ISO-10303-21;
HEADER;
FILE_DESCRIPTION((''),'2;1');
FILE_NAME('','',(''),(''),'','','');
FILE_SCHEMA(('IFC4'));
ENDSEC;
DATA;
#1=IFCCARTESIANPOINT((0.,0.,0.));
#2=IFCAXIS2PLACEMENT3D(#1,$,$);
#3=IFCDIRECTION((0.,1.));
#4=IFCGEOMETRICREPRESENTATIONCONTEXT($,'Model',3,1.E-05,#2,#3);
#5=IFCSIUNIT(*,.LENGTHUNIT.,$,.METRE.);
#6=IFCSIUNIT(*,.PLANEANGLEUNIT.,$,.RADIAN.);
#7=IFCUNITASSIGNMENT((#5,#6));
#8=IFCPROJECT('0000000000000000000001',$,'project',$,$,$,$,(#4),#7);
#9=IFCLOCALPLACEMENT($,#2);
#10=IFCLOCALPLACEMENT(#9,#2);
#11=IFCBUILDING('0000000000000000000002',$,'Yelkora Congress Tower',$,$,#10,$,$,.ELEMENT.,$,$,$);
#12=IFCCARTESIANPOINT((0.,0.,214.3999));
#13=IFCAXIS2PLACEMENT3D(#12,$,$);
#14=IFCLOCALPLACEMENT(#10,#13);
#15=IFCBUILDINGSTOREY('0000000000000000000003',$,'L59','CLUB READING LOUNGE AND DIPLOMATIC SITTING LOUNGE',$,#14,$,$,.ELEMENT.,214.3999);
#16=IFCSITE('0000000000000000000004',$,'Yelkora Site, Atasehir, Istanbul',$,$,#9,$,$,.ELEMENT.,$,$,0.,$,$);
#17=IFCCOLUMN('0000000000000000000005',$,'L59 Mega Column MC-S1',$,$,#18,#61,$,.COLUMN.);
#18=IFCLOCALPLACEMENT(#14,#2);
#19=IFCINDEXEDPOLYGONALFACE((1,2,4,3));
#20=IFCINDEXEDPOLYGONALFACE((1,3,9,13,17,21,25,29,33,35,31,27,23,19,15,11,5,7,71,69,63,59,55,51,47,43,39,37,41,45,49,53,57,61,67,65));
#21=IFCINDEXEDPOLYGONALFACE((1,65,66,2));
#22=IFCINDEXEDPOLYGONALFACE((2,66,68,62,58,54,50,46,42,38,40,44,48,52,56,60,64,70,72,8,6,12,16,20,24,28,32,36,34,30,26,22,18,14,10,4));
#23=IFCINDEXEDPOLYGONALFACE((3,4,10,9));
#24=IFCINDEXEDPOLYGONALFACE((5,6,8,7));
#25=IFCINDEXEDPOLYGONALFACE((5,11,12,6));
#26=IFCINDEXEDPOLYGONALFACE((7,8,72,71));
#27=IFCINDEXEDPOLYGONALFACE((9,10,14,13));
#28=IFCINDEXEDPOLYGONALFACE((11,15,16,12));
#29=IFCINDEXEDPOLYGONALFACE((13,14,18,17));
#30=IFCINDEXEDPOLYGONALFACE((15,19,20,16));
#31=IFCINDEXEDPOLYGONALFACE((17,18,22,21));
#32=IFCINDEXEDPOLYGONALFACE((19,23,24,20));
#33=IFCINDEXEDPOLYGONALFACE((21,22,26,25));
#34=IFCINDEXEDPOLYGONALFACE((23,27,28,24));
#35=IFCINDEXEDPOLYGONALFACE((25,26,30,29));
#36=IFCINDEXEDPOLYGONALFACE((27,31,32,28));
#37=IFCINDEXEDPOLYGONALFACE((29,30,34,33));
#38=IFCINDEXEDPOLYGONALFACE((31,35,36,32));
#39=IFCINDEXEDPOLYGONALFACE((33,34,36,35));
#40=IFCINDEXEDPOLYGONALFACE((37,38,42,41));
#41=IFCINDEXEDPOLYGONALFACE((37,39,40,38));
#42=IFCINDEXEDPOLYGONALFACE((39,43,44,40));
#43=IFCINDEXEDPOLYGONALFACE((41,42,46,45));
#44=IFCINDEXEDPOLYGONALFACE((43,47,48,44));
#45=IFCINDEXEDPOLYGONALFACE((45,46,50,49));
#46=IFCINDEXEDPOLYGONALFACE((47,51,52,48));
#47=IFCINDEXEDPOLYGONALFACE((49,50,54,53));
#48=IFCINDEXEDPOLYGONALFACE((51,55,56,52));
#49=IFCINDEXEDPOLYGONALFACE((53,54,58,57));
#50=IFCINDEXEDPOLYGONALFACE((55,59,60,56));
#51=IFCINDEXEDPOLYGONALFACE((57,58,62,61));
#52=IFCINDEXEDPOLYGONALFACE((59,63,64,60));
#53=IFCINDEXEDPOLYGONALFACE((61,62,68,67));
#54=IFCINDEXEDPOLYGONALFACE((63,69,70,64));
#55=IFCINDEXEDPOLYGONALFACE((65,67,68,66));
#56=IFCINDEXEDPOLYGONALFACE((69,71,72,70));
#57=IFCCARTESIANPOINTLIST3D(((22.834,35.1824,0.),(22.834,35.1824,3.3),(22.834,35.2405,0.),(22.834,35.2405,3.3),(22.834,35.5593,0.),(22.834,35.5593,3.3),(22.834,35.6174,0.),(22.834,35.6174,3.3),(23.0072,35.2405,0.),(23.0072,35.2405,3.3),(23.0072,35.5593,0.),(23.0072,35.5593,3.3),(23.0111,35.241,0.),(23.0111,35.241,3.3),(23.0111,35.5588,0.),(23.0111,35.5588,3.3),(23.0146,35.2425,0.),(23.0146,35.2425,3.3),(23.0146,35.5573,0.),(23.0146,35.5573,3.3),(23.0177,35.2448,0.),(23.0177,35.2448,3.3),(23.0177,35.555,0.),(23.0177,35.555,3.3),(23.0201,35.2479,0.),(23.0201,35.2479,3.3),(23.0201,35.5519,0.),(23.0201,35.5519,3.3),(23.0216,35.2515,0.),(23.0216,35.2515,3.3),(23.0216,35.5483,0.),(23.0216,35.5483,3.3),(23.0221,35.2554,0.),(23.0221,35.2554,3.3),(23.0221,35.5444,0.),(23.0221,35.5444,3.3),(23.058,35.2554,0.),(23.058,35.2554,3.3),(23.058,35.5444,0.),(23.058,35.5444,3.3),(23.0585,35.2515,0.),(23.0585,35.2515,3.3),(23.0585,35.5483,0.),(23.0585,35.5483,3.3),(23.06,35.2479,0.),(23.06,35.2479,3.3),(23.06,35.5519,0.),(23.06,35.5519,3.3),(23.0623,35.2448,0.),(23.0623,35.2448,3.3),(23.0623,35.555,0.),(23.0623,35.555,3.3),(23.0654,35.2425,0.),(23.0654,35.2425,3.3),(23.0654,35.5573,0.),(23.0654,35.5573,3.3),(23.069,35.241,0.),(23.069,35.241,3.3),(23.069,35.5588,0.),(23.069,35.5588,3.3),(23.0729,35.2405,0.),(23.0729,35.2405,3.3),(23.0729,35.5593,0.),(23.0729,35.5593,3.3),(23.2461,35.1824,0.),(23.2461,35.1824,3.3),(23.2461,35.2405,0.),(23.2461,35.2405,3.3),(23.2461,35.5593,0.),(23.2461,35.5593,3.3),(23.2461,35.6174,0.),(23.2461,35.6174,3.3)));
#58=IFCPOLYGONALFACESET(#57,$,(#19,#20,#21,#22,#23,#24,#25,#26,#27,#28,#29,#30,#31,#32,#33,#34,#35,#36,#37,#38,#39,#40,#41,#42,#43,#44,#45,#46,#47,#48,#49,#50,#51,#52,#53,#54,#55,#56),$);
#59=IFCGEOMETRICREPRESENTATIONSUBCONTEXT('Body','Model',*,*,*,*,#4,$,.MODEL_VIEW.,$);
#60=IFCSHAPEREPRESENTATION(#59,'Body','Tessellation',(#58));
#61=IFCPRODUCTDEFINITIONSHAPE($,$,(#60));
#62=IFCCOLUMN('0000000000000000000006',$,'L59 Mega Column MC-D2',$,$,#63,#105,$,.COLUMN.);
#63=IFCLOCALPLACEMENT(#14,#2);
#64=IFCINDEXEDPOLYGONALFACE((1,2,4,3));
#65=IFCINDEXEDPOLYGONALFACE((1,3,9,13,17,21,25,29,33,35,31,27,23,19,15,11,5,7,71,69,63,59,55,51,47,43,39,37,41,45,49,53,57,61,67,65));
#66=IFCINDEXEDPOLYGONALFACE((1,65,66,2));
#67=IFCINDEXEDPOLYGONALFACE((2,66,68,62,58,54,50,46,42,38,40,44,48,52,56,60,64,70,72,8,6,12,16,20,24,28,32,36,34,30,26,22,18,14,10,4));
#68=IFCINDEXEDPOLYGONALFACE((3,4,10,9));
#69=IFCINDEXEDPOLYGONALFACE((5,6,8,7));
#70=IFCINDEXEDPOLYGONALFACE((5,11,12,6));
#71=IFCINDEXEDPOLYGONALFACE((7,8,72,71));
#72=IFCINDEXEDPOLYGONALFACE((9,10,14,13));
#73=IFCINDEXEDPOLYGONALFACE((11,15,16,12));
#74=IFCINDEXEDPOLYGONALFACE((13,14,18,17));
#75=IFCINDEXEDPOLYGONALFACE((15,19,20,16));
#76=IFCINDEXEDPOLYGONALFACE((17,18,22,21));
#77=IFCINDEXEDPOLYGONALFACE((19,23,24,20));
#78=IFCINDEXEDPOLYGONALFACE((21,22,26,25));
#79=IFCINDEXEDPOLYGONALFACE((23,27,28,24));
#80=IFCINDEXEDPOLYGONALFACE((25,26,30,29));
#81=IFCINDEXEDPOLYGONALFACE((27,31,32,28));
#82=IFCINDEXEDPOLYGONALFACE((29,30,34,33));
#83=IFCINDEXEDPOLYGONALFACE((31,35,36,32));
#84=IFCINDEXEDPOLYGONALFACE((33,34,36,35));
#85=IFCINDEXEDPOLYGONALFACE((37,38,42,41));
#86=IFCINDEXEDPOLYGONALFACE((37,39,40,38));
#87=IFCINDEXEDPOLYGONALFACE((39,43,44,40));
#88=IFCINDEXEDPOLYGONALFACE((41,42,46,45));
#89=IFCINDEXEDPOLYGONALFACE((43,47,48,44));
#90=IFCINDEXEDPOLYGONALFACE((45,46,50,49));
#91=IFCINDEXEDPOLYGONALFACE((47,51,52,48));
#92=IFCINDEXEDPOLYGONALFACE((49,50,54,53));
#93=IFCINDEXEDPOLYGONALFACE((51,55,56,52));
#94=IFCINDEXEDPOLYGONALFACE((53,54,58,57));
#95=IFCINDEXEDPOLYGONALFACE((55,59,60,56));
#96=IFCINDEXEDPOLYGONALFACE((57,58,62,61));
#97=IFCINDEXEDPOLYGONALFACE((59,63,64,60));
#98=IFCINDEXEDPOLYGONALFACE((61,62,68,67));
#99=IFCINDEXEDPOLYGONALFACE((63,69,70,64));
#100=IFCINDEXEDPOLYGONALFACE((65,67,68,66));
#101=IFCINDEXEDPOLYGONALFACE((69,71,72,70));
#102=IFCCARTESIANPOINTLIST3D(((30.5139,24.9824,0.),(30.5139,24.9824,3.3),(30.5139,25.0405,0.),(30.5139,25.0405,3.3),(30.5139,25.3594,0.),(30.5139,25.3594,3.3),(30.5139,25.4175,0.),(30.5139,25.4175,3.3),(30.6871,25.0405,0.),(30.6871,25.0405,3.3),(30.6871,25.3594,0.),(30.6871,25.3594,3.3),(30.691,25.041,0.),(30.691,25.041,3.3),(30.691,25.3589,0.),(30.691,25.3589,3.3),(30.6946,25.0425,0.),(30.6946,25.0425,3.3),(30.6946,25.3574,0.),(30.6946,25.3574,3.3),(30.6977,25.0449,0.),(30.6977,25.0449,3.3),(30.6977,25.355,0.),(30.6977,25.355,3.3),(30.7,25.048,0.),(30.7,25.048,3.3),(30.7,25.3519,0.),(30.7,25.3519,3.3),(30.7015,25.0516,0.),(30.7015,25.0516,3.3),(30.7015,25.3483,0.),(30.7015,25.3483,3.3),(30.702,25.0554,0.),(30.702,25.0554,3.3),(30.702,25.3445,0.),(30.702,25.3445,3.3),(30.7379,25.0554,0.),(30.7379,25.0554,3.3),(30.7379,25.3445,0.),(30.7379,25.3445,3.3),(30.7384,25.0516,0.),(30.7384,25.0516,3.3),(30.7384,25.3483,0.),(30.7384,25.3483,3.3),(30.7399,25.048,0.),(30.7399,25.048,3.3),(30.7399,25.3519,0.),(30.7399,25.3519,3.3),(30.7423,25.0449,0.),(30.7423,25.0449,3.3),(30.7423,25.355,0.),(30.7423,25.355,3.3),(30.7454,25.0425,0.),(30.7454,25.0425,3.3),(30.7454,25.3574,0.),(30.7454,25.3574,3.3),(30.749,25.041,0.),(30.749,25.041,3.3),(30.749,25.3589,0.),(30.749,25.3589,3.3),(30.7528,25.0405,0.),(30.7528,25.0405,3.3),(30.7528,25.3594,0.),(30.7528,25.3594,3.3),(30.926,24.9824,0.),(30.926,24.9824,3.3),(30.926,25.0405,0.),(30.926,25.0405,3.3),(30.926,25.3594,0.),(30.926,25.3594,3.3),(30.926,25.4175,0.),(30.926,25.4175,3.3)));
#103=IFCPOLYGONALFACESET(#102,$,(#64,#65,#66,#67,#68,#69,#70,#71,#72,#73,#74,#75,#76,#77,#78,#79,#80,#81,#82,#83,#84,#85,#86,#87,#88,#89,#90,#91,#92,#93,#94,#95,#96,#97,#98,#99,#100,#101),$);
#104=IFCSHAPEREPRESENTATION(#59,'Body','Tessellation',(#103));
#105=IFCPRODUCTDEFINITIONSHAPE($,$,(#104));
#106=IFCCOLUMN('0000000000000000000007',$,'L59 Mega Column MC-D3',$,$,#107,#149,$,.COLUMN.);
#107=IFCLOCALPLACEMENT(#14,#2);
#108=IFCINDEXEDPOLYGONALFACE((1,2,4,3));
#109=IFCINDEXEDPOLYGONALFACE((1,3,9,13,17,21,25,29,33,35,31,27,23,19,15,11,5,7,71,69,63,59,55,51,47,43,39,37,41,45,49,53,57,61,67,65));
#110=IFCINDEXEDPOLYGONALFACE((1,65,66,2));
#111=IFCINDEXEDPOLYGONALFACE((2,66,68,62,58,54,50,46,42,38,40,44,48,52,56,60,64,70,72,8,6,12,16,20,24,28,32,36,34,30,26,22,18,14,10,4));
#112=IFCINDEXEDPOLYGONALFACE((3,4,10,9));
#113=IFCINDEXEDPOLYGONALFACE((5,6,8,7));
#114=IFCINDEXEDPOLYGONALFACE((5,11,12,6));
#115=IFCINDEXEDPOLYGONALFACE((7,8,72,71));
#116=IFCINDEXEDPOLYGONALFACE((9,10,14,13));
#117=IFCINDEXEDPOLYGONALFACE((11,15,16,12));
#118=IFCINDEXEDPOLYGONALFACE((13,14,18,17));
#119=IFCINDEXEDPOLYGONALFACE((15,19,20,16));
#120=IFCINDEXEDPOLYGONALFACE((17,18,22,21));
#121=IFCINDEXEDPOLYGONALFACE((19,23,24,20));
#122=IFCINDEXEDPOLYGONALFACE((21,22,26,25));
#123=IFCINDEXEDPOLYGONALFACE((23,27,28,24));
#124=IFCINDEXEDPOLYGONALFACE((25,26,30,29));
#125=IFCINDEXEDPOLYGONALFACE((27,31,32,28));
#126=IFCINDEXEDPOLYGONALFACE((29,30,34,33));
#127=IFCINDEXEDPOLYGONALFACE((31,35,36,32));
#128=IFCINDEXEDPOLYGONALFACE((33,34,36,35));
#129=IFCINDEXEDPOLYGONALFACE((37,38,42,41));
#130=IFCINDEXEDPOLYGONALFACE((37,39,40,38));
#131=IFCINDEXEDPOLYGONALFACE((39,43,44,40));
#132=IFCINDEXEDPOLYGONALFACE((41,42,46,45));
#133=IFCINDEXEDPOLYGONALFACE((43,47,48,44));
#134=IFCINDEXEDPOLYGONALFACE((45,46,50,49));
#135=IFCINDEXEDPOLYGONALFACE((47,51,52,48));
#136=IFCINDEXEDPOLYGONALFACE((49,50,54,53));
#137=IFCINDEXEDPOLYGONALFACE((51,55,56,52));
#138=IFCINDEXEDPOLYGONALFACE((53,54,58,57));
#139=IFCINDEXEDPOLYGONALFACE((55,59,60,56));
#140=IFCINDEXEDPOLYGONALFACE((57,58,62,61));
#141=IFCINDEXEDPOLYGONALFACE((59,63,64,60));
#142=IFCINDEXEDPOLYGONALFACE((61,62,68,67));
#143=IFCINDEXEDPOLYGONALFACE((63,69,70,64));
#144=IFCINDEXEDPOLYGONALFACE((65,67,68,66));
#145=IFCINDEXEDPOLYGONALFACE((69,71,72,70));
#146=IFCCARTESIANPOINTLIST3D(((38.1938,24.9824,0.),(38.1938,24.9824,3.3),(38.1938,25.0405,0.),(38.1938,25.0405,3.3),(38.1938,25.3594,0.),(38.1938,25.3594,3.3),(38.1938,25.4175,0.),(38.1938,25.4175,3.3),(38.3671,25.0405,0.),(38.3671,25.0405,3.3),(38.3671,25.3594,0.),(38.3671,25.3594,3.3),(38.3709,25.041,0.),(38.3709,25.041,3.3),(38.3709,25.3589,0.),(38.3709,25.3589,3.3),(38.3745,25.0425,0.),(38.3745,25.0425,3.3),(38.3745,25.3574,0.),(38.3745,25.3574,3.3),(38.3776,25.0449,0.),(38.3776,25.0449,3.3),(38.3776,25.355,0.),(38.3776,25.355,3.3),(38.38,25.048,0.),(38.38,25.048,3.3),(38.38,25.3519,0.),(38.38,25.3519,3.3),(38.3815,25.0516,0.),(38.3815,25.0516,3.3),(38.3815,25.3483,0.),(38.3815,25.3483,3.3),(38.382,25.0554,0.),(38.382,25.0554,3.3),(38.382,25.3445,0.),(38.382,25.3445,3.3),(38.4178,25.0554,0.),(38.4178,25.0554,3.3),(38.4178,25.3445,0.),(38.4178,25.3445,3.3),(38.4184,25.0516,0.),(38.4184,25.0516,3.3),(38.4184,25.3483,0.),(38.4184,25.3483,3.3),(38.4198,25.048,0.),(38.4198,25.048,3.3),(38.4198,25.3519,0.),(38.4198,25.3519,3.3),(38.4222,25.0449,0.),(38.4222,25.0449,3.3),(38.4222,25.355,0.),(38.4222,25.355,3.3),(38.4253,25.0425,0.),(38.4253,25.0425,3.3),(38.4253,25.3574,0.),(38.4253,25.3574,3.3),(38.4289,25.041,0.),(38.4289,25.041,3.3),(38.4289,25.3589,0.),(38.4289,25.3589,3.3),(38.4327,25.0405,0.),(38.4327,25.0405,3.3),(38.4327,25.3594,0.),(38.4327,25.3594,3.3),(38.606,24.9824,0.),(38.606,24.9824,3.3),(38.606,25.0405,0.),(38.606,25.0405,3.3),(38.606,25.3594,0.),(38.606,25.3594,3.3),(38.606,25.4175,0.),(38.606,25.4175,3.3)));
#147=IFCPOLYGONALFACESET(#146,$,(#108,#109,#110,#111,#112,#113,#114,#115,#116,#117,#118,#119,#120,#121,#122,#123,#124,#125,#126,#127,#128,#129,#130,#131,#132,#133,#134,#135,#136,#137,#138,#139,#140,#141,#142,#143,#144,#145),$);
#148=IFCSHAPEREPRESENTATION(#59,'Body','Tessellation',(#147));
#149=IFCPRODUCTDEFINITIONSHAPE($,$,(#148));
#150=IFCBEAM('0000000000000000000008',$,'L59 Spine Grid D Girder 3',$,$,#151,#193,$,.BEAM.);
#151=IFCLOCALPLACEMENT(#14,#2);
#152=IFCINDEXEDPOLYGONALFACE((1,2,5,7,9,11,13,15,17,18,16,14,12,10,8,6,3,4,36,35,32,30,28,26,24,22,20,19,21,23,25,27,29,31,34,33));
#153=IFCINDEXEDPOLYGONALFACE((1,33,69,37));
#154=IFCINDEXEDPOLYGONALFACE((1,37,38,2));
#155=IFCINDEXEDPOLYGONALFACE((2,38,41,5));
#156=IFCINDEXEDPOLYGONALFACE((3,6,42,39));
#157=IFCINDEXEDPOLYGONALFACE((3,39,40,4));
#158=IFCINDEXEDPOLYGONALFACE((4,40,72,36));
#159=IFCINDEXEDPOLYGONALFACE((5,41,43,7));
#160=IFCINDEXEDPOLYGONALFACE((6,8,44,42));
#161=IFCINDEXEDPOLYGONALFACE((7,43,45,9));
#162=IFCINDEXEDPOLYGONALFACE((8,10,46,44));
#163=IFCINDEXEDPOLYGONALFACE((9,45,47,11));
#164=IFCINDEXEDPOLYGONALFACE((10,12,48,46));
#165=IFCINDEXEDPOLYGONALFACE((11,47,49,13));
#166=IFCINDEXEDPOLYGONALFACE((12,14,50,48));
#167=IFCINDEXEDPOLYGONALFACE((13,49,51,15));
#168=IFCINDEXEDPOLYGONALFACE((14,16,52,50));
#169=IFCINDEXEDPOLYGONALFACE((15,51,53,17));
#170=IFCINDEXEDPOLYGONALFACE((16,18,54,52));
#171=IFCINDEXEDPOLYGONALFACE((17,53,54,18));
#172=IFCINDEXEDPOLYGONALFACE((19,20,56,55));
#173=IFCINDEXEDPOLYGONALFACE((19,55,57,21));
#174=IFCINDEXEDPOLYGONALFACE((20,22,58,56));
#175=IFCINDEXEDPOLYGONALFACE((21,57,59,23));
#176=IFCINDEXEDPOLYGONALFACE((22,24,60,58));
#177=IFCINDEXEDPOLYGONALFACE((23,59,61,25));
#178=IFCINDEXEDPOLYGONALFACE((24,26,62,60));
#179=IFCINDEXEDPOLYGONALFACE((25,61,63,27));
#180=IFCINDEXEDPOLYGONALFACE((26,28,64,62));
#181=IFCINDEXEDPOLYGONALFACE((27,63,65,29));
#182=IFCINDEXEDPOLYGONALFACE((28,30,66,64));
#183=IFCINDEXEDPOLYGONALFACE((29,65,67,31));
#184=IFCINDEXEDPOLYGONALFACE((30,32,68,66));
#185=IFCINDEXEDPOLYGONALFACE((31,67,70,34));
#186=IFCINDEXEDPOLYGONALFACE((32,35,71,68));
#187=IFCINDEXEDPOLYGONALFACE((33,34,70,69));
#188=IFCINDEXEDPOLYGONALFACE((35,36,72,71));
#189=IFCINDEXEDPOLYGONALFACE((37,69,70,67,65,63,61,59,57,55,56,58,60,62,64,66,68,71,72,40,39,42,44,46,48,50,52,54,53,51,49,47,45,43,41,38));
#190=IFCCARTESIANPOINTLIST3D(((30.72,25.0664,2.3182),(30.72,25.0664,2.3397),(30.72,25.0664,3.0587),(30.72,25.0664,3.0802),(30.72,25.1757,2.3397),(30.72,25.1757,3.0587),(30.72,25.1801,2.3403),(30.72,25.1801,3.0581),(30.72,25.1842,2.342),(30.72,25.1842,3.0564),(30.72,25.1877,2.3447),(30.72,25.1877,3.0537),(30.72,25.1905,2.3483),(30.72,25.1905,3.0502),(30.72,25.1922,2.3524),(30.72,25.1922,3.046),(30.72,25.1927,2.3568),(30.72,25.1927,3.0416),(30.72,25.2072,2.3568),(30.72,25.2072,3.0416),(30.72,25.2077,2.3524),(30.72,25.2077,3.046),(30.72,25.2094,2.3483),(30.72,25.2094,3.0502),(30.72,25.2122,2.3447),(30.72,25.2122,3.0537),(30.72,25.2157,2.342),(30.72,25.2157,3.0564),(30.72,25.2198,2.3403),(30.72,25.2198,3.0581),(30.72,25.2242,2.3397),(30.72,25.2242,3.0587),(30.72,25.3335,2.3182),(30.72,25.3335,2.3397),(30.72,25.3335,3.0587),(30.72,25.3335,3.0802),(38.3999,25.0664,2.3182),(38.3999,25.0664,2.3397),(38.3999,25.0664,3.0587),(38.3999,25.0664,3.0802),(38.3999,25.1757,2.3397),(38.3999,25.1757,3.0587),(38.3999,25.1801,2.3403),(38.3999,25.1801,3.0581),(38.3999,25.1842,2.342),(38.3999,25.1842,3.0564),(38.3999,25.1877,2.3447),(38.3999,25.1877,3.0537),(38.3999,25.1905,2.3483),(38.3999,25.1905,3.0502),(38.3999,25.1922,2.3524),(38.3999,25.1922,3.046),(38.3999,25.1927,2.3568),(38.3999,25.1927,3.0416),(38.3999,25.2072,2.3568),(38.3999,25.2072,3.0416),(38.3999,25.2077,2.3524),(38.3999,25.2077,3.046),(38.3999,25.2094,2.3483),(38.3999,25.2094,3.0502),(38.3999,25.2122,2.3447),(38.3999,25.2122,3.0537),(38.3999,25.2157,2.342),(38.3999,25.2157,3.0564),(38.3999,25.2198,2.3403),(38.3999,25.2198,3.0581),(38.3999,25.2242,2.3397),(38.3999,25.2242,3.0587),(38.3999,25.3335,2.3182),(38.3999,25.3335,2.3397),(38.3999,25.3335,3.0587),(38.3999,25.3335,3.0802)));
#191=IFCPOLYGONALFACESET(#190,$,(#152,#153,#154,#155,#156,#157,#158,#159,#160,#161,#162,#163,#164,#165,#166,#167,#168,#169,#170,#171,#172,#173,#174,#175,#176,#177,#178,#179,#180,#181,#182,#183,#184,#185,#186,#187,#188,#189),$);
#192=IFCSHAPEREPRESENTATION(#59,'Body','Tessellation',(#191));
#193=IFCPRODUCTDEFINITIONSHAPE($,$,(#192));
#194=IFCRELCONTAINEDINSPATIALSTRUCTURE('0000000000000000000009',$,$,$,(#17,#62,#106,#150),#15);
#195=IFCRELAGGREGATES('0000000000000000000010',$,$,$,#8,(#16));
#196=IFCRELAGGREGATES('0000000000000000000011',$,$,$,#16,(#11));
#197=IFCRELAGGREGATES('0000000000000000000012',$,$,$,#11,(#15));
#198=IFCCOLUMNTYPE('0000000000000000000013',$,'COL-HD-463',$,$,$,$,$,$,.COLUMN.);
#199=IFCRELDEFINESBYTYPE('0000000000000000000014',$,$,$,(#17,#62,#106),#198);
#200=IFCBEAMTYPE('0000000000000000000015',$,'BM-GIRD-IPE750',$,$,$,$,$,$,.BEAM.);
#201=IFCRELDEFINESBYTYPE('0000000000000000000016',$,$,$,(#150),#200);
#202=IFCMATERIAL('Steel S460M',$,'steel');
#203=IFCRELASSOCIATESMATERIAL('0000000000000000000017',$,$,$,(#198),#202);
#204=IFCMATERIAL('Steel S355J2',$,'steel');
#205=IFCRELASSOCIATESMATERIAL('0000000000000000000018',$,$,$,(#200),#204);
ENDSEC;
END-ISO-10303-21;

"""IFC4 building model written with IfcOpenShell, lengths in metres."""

from ifc_helpers import new_model, si_unit, direction, frame, origin, origin_2d, place, context, subcontext, project, spatial, i_section, extrude, material, material_profile, profile_set, type_object, element, save


model = new_model("IFC4")

# Units and contexts
model_context = context("Model", 3, precision=1e-05, world=origin(), true_north=direction((0.0, 1.0)))
body_context = subcontext(model_context, "Body", "Model", "MODEL_VIEW")
ifc_project = project(units=[si_unit("LENGTHUNIT", "METRE"), si_unit("PLANEANGLEUNIT", "RADIAN")], contexts=[model_context])

# Site, building, storey
site_placement = place(None, origin())
site = spatial("IfcSite", under=ifc_project, at=site_placement, Name="Yelkora Site, Atasehir, Istanbul", CompositionType="ELEMENT", RefElevation=0.0)
building_placement = place(site_placement, origin())
building = spatial("IfcBuilding", under=site, at=building_placement, Name="Yelkora Congress Tower", CompositionType="ELEMENT")
storey_placement = place(building_placement, frame((0.0, 0.0, 214.3999)))
storey = spatial("IfcBuildingStorey", under=building, at=storey_placement, Name="L59", Description="CLUB READING LOUNGE AND DIPLOMATIC SITTING LOUNGE", CompositionType="ELEMENT", Elevation=214.3999)

# Columns
ifc_material_1 = material(Name="Steel S460M", Category="steel")
ifc_material_profile_1 = material_profile(ifc_material_1, i_section(OverallWidth=0.4121, OverallDepth=0.4351, WebThickness=0.0359, FlangeThickness=0.0581, FilletRadius=0.0149, at=origin_2d()), Name="HD 400x463")
ifc_profile_set_1 = profile_set([ifc_material_profile_1], Name="Steel S460M")
column_type = type_object("IfcColumnType", Name="COL-HD-463", PredefinedType="COLUMN", material=ifc_profile_set_1)
for number, where, z_axis, x_axis, name in (
    (1, (23.04, 35.3999, 0.0), (0.0, 0.0, 1.0), (1.0, 0.0, 0.0), "L59 Mega Column MC-S1"),
    (2, (30.72, 25.2, 0.0), (0.0, 0.0, 1.0), (1.0, 0.0, 0.0), "L59 Mega Column MC-D2"),
    (3, (38.3999, 25.2, 0.0), (0.0, 0.0, 1.0), (1.0, 0.0, 0.0), "L59 Mega Column MC-D3"),
):
    element("IfcColumn", number, at=place(storey_placement, frame(where, z_axis=z_axis, x_axis=x_axis)), inside=storey, type_object=column_type, Name=name, PredefinedType="COLUMN", context=body_context, shape_type="SweptSolid", body=[
        extrude(i_section(OverallWidth=0.4121, OverallDepth=0.4351, WebThickness=0.0359, FlangeThickness=0.0581, FilletRadius=0.0149, at=origin_2d()), origin(), (0.0, 0.0, 1.0), 3.3),
    ])

# Beam
ifc_material_2 = material(Name="Steel S355J2", Category="steel")
ifc_material_profile_2 = material_profile(ifc_material_2, i_section(OverallWidth=0.2671, OverallDepth=0.762, WebThickness=0.0144, FlangeThickness=0.0215, FilletRadius=0.0171, at=origin_2d()), Name="IPE 750x173")
ifc_profile_set_2 = profile_set([ifc_material_profile_2], Name="Steel S355J2")
beam_type_1 = type_object("IfcBeamType", Name="BM-GIRD-IPE750", PredefinedType="BEAM", material=ifc_profile_set_2)
beam_1_placement = place(storey_placement, frame((30.72, 25.2, 2.6992), z_axis=(1.0, 0.0, 0.0), x_axis=(0.0, 1.0, 0.0)))
element("IfcBeam", 4, at=beam_1_placement, inside=storey, type_object=beam_type_1, Name="L59 Spine Grid D Girder 3", PredefinedType="BEAM", context=body_context, shape_type="SweptSolid", body=[
    extrude(i_section(OverallWidth=0.2671, OverallDepth=0.762, WebThickness=0.0144, FlangeThickness=0.0215, FilletRadius=0.0171, at=origin_2d()), origin(), (0.0, 0.0, 1.0), 7.6799),
])

save(model, "model.ifc")
